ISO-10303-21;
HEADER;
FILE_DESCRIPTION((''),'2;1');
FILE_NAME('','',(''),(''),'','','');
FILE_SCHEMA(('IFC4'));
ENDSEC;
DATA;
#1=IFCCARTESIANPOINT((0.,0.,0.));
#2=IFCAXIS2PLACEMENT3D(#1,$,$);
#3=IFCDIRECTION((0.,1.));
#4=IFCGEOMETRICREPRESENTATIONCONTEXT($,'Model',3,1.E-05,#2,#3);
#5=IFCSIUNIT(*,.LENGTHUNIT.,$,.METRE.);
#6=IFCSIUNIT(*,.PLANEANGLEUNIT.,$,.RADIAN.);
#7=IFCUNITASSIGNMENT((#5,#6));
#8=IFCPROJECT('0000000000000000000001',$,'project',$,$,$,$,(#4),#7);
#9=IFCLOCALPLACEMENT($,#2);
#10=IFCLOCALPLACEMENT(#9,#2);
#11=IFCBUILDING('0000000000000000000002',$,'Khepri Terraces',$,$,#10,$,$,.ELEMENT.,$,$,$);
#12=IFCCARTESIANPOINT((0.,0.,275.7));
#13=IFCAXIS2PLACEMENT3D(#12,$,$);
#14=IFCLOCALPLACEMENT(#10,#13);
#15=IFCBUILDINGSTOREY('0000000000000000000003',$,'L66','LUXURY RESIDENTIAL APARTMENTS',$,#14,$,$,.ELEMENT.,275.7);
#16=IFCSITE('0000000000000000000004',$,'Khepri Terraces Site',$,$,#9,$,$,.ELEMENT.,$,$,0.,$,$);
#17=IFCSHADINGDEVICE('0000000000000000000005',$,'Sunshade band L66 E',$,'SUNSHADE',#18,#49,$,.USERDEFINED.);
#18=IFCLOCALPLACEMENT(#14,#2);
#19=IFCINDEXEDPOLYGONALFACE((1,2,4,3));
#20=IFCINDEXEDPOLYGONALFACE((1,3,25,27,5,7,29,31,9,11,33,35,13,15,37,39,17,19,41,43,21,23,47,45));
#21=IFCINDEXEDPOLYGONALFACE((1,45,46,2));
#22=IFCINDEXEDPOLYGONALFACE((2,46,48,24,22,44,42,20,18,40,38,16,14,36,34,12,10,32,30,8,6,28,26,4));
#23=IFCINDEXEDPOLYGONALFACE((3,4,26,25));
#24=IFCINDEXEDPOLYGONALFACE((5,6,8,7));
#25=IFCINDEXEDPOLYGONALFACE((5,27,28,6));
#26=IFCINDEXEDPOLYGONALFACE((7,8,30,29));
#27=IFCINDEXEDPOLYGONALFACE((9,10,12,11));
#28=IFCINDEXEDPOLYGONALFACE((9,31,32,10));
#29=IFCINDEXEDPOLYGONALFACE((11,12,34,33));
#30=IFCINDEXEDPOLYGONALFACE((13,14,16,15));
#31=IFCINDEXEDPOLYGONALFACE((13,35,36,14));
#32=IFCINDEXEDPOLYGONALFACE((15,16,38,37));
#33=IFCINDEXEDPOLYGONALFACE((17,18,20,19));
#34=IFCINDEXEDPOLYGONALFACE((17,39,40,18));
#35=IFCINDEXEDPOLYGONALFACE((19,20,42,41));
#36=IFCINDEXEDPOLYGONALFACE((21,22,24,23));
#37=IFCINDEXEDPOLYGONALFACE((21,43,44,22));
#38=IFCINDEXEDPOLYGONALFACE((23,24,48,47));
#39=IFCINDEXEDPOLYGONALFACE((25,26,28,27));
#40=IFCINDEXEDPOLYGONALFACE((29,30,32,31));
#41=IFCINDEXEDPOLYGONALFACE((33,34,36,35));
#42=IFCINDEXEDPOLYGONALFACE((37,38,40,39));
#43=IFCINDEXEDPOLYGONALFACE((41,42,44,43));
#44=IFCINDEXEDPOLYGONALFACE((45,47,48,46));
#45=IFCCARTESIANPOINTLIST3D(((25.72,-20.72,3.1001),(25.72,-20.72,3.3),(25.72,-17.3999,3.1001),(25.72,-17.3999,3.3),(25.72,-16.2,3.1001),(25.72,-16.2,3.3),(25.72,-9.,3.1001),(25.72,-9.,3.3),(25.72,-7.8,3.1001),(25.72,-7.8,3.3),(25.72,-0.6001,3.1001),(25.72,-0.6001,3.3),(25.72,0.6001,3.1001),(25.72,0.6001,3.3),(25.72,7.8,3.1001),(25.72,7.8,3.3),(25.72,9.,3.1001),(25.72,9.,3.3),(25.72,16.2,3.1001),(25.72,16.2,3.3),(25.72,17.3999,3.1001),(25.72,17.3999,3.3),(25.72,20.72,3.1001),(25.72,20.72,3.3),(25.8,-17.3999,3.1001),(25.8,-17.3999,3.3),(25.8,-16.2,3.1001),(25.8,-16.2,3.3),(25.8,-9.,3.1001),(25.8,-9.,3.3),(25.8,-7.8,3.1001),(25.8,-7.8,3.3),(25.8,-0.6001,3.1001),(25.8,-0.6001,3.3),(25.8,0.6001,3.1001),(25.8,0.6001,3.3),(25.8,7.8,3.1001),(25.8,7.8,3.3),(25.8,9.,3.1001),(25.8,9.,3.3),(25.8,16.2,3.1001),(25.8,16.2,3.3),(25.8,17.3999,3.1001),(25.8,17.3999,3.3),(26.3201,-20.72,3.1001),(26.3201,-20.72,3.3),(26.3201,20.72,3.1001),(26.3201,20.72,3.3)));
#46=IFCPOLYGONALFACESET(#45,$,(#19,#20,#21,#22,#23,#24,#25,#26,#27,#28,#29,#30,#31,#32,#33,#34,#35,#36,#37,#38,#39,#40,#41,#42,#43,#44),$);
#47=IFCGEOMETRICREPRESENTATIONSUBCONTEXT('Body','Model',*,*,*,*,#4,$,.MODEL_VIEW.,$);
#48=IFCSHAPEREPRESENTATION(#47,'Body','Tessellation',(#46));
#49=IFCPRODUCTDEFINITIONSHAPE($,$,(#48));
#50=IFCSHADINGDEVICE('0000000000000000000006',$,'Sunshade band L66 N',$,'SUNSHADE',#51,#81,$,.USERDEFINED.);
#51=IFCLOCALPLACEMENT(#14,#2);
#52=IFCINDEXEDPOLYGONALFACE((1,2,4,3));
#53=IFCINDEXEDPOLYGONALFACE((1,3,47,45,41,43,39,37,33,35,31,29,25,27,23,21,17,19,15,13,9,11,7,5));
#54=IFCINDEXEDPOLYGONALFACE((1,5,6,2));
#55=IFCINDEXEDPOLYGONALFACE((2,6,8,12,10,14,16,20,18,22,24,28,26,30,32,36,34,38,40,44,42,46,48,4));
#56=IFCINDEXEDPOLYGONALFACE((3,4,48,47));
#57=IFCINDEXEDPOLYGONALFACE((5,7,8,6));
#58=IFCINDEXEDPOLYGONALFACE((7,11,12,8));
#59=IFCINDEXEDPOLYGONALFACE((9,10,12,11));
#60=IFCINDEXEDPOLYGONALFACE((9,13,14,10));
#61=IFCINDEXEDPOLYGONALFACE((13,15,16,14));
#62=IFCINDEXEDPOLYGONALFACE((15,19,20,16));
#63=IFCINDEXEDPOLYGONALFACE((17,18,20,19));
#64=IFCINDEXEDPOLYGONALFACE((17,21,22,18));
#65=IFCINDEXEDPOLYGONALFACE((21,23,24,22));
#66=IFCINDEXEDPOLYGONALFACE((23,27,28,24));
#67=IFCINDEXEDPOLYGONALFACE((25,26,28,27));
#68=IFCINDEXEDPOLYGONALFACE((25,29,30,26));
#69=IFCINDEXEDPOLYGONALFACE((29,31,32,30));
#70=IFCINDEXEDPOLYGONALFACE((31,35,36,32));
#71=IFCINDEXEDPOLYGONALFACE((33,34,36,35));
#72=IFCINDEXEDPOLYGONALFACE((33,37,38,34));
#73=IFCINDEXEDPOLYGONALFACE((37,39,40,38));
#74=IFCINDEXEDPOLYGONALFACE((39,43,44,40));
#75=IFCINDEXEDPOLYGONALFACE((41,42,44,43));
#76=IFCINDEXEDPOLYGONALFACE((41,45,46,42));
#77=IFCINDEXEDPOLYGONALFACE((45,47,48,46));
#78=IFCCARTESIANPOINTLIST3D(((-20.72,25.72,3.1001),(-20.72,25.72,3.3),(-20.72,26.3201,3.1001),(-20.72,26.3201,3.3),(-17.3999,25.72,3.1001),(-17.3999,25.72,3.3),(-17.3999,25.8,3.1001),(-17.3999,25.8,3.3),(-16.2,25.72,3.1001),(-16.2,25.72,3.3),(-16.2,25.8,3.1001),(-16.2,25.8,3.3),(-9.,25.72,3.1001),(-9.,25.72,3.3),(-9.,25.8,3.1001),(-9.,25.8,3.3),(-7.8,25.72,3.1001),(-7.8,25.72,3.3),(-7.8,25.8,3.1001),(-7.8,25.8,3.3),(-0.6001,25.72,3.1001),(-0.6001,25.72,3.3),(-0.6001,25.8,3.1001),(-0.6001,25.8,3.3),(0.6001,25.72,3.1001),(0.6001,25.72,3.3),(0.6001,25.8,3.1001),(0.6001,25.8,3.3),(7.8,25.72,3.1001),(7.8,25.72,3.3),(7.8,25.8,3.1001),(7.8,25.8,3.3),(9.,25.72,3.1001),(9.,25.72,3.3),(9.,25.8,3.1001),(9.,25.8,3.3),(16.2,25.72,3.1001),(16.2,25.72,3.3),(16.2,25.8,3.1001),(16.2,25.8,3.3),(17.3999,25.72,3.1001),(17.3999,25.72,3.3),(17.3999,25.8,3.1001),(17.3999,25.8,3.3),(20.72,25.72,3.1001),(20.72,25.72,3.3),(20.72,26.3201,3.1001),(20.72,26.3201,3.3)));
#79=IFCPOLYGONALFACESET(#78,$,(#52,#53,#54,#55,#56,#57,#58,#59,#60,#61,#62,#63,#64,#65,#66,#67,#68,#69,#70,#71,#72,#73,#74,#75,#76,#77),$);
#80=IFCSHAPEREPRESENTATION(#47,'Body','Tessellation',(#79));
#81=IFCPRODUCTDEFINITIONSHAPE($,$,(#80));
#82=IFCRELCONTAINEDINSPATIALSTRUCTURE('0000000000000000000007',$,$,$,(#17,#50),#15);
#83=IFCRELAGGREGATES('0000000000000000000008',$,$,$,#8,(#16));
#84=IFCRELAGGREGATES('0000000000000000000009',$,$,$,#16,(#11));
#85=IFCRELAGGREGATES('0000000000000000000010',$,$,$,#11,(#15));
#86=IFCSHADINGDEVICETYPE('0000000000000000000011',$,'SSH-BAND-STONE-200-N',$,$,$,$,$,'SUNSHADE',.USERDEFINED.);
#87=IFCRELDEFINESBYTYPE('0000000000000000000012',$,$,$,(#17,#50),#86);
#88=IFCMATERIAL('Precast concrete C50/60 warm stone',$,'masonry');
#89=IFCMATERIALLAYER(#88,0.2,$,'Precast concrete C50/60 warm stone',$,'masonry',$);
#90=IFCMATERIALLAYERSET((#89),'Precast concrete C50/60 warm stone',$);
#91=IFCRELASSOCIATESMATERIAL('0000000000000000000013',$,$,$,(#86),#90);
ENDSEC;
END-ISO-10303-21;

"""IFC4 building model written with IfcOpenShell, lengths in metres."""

from ifc_helpers import new_model, si_unit, direction, frame, origin, place, context, subcontext, project, spatial, polyline, outline, extrude, material, layer, layer_set, type_object, element, save


model = new_model("IFC4")

# Units and contexts
model_context = context("Model", 3, precision=1e-05, world=origin(), true_north=direction((0.0, 1.0)))
body_context = subcontext(model_context, "Body", "Model", "MODEL_VIEW")
ifc_project = project(units=[si_unit("LENGTHUNIT", "METRE"), si_unit("PLANEANGLEUNIT", "RADIAN")], contexts=[model_context])

# Site, building, storey
site_placement = place(None, origin())
site = spatial("IfcSite", under=ifc_project, at=site_placement, Name="Khepri Terraces Site", CompositionType="ELEMENT", RefElevation=0.0)
building_placement = place(site_placement, origin())
building = spatial("IfcBuilding", under=site, at=building_placement, Name="Khepri Terraces", CompositionType="ELEMENT")
storey_placement = place(building_placement, frame((0.0, 0.0, 275.7)))
storey = spatial("IfcBuildingStorey", under=building, at=storey_placement, Name="L66", Description="LUXURY RESIDENTIAL APARTMENTS", CompositionType="ELEMENT", Elevation=275.7)

# Shading devices
ifc_material_1 = material(Name="Precast concrete C50/60 warm stone", Category="masonry")
ifc_layer_1 = layer(ifc_material_1, 0.2, Name="Precast concrete C50/60 warm stone", Category="masonry")
ifc_layer_set_1 = layer_set([ifc_layer_1], Name="Precast concrete C50/60 warm stone")
shading_device_type_1 = type_object("IfcShadingDeviceType", Name="SSH-BAND-STONE-200-N", ElementType="SUNSHADE", PredefinedType="USERDEFINED", material=ifc_layer_set_1)
shading_device_1_placement = place(storey_placement, frame((0.0, 0.0, 3.1001)))
element("IfcShadingDevice", 1, at=shading_device_1_placement, inside=storey, type_object=shading_device_type_1, Name="Sunshade band L66 E", ObjectType="SUNSHADE", PredefinedType="USERDEFINED", context=body_context, shape_type="SweptSolid", body=[
    extrude(outline(polyline([(25.72, -17.3999), (25.72, -20.72), (26.3201, -20.72), (26.3201, 20.72), (25.72, 20.72), (25.72, 17.3999), (25.8, 17.3999), (25.8, 16.2), (25.72, 16.2), (25.72, 9.0), (25.8, 9.0), (25.8, 7.8), (25.72, 7.8), (25.72, 0.6001), (25.8, 0.6001), (25.8, -0.6001), (25.72, -0.6001), (25.72, -7.8), (25.8, -7.8), (25.8, -9.0), (25.72, -9.0), (25.72, -16.2), (25.8, -16.2), (25.8, -17.3999), (25.72, -17.3999)])), origin(), (0.0, 0.0, 1.0), 0.2),
])
shading_device_2_placement = place(storey_placement, frame((0.0, 0.0, 3.1001)))
element("IfcShadingDevice", 2, at=shading_device_2_placement, inside=storey, type_object=shading_device_type_1, Name="Sunshade band L66 N", ObjectType="SUNSHADE", PredefinedType="USERDEFINED", context=body_context, shape_type="SweptSolid", body=[
    extrude(outline(polyline([(17.3999, 25.72), (20.72, 25.72), (20.72, 26.3201), (-20.72, 26.3201), (-20.72, 25.72), (-17.3999, 25.72), (-17.3999, 25.8), (-16.2, 25.8), (-16.2, 25.72), (-9.0, 25.72), (-9.0, 25.8), (-7.8, 25.8), (-7.8, 25.72), (-0.6001, 25.72), (-0.6001, 25.8), (0.6001, 25.8), (0.6001, 25.72), (7.8, 25.72), (7.8, 25.8), (9.0, 25.8), (9.0, 25.72), (16.2, 25.72), (16.2, 25.8), (17.3999, 25.8), (17.3999, 25.72)])), origin(), (0.0, 0.0, 1.0), 0.2),
])

save(model, "model.ifc")
